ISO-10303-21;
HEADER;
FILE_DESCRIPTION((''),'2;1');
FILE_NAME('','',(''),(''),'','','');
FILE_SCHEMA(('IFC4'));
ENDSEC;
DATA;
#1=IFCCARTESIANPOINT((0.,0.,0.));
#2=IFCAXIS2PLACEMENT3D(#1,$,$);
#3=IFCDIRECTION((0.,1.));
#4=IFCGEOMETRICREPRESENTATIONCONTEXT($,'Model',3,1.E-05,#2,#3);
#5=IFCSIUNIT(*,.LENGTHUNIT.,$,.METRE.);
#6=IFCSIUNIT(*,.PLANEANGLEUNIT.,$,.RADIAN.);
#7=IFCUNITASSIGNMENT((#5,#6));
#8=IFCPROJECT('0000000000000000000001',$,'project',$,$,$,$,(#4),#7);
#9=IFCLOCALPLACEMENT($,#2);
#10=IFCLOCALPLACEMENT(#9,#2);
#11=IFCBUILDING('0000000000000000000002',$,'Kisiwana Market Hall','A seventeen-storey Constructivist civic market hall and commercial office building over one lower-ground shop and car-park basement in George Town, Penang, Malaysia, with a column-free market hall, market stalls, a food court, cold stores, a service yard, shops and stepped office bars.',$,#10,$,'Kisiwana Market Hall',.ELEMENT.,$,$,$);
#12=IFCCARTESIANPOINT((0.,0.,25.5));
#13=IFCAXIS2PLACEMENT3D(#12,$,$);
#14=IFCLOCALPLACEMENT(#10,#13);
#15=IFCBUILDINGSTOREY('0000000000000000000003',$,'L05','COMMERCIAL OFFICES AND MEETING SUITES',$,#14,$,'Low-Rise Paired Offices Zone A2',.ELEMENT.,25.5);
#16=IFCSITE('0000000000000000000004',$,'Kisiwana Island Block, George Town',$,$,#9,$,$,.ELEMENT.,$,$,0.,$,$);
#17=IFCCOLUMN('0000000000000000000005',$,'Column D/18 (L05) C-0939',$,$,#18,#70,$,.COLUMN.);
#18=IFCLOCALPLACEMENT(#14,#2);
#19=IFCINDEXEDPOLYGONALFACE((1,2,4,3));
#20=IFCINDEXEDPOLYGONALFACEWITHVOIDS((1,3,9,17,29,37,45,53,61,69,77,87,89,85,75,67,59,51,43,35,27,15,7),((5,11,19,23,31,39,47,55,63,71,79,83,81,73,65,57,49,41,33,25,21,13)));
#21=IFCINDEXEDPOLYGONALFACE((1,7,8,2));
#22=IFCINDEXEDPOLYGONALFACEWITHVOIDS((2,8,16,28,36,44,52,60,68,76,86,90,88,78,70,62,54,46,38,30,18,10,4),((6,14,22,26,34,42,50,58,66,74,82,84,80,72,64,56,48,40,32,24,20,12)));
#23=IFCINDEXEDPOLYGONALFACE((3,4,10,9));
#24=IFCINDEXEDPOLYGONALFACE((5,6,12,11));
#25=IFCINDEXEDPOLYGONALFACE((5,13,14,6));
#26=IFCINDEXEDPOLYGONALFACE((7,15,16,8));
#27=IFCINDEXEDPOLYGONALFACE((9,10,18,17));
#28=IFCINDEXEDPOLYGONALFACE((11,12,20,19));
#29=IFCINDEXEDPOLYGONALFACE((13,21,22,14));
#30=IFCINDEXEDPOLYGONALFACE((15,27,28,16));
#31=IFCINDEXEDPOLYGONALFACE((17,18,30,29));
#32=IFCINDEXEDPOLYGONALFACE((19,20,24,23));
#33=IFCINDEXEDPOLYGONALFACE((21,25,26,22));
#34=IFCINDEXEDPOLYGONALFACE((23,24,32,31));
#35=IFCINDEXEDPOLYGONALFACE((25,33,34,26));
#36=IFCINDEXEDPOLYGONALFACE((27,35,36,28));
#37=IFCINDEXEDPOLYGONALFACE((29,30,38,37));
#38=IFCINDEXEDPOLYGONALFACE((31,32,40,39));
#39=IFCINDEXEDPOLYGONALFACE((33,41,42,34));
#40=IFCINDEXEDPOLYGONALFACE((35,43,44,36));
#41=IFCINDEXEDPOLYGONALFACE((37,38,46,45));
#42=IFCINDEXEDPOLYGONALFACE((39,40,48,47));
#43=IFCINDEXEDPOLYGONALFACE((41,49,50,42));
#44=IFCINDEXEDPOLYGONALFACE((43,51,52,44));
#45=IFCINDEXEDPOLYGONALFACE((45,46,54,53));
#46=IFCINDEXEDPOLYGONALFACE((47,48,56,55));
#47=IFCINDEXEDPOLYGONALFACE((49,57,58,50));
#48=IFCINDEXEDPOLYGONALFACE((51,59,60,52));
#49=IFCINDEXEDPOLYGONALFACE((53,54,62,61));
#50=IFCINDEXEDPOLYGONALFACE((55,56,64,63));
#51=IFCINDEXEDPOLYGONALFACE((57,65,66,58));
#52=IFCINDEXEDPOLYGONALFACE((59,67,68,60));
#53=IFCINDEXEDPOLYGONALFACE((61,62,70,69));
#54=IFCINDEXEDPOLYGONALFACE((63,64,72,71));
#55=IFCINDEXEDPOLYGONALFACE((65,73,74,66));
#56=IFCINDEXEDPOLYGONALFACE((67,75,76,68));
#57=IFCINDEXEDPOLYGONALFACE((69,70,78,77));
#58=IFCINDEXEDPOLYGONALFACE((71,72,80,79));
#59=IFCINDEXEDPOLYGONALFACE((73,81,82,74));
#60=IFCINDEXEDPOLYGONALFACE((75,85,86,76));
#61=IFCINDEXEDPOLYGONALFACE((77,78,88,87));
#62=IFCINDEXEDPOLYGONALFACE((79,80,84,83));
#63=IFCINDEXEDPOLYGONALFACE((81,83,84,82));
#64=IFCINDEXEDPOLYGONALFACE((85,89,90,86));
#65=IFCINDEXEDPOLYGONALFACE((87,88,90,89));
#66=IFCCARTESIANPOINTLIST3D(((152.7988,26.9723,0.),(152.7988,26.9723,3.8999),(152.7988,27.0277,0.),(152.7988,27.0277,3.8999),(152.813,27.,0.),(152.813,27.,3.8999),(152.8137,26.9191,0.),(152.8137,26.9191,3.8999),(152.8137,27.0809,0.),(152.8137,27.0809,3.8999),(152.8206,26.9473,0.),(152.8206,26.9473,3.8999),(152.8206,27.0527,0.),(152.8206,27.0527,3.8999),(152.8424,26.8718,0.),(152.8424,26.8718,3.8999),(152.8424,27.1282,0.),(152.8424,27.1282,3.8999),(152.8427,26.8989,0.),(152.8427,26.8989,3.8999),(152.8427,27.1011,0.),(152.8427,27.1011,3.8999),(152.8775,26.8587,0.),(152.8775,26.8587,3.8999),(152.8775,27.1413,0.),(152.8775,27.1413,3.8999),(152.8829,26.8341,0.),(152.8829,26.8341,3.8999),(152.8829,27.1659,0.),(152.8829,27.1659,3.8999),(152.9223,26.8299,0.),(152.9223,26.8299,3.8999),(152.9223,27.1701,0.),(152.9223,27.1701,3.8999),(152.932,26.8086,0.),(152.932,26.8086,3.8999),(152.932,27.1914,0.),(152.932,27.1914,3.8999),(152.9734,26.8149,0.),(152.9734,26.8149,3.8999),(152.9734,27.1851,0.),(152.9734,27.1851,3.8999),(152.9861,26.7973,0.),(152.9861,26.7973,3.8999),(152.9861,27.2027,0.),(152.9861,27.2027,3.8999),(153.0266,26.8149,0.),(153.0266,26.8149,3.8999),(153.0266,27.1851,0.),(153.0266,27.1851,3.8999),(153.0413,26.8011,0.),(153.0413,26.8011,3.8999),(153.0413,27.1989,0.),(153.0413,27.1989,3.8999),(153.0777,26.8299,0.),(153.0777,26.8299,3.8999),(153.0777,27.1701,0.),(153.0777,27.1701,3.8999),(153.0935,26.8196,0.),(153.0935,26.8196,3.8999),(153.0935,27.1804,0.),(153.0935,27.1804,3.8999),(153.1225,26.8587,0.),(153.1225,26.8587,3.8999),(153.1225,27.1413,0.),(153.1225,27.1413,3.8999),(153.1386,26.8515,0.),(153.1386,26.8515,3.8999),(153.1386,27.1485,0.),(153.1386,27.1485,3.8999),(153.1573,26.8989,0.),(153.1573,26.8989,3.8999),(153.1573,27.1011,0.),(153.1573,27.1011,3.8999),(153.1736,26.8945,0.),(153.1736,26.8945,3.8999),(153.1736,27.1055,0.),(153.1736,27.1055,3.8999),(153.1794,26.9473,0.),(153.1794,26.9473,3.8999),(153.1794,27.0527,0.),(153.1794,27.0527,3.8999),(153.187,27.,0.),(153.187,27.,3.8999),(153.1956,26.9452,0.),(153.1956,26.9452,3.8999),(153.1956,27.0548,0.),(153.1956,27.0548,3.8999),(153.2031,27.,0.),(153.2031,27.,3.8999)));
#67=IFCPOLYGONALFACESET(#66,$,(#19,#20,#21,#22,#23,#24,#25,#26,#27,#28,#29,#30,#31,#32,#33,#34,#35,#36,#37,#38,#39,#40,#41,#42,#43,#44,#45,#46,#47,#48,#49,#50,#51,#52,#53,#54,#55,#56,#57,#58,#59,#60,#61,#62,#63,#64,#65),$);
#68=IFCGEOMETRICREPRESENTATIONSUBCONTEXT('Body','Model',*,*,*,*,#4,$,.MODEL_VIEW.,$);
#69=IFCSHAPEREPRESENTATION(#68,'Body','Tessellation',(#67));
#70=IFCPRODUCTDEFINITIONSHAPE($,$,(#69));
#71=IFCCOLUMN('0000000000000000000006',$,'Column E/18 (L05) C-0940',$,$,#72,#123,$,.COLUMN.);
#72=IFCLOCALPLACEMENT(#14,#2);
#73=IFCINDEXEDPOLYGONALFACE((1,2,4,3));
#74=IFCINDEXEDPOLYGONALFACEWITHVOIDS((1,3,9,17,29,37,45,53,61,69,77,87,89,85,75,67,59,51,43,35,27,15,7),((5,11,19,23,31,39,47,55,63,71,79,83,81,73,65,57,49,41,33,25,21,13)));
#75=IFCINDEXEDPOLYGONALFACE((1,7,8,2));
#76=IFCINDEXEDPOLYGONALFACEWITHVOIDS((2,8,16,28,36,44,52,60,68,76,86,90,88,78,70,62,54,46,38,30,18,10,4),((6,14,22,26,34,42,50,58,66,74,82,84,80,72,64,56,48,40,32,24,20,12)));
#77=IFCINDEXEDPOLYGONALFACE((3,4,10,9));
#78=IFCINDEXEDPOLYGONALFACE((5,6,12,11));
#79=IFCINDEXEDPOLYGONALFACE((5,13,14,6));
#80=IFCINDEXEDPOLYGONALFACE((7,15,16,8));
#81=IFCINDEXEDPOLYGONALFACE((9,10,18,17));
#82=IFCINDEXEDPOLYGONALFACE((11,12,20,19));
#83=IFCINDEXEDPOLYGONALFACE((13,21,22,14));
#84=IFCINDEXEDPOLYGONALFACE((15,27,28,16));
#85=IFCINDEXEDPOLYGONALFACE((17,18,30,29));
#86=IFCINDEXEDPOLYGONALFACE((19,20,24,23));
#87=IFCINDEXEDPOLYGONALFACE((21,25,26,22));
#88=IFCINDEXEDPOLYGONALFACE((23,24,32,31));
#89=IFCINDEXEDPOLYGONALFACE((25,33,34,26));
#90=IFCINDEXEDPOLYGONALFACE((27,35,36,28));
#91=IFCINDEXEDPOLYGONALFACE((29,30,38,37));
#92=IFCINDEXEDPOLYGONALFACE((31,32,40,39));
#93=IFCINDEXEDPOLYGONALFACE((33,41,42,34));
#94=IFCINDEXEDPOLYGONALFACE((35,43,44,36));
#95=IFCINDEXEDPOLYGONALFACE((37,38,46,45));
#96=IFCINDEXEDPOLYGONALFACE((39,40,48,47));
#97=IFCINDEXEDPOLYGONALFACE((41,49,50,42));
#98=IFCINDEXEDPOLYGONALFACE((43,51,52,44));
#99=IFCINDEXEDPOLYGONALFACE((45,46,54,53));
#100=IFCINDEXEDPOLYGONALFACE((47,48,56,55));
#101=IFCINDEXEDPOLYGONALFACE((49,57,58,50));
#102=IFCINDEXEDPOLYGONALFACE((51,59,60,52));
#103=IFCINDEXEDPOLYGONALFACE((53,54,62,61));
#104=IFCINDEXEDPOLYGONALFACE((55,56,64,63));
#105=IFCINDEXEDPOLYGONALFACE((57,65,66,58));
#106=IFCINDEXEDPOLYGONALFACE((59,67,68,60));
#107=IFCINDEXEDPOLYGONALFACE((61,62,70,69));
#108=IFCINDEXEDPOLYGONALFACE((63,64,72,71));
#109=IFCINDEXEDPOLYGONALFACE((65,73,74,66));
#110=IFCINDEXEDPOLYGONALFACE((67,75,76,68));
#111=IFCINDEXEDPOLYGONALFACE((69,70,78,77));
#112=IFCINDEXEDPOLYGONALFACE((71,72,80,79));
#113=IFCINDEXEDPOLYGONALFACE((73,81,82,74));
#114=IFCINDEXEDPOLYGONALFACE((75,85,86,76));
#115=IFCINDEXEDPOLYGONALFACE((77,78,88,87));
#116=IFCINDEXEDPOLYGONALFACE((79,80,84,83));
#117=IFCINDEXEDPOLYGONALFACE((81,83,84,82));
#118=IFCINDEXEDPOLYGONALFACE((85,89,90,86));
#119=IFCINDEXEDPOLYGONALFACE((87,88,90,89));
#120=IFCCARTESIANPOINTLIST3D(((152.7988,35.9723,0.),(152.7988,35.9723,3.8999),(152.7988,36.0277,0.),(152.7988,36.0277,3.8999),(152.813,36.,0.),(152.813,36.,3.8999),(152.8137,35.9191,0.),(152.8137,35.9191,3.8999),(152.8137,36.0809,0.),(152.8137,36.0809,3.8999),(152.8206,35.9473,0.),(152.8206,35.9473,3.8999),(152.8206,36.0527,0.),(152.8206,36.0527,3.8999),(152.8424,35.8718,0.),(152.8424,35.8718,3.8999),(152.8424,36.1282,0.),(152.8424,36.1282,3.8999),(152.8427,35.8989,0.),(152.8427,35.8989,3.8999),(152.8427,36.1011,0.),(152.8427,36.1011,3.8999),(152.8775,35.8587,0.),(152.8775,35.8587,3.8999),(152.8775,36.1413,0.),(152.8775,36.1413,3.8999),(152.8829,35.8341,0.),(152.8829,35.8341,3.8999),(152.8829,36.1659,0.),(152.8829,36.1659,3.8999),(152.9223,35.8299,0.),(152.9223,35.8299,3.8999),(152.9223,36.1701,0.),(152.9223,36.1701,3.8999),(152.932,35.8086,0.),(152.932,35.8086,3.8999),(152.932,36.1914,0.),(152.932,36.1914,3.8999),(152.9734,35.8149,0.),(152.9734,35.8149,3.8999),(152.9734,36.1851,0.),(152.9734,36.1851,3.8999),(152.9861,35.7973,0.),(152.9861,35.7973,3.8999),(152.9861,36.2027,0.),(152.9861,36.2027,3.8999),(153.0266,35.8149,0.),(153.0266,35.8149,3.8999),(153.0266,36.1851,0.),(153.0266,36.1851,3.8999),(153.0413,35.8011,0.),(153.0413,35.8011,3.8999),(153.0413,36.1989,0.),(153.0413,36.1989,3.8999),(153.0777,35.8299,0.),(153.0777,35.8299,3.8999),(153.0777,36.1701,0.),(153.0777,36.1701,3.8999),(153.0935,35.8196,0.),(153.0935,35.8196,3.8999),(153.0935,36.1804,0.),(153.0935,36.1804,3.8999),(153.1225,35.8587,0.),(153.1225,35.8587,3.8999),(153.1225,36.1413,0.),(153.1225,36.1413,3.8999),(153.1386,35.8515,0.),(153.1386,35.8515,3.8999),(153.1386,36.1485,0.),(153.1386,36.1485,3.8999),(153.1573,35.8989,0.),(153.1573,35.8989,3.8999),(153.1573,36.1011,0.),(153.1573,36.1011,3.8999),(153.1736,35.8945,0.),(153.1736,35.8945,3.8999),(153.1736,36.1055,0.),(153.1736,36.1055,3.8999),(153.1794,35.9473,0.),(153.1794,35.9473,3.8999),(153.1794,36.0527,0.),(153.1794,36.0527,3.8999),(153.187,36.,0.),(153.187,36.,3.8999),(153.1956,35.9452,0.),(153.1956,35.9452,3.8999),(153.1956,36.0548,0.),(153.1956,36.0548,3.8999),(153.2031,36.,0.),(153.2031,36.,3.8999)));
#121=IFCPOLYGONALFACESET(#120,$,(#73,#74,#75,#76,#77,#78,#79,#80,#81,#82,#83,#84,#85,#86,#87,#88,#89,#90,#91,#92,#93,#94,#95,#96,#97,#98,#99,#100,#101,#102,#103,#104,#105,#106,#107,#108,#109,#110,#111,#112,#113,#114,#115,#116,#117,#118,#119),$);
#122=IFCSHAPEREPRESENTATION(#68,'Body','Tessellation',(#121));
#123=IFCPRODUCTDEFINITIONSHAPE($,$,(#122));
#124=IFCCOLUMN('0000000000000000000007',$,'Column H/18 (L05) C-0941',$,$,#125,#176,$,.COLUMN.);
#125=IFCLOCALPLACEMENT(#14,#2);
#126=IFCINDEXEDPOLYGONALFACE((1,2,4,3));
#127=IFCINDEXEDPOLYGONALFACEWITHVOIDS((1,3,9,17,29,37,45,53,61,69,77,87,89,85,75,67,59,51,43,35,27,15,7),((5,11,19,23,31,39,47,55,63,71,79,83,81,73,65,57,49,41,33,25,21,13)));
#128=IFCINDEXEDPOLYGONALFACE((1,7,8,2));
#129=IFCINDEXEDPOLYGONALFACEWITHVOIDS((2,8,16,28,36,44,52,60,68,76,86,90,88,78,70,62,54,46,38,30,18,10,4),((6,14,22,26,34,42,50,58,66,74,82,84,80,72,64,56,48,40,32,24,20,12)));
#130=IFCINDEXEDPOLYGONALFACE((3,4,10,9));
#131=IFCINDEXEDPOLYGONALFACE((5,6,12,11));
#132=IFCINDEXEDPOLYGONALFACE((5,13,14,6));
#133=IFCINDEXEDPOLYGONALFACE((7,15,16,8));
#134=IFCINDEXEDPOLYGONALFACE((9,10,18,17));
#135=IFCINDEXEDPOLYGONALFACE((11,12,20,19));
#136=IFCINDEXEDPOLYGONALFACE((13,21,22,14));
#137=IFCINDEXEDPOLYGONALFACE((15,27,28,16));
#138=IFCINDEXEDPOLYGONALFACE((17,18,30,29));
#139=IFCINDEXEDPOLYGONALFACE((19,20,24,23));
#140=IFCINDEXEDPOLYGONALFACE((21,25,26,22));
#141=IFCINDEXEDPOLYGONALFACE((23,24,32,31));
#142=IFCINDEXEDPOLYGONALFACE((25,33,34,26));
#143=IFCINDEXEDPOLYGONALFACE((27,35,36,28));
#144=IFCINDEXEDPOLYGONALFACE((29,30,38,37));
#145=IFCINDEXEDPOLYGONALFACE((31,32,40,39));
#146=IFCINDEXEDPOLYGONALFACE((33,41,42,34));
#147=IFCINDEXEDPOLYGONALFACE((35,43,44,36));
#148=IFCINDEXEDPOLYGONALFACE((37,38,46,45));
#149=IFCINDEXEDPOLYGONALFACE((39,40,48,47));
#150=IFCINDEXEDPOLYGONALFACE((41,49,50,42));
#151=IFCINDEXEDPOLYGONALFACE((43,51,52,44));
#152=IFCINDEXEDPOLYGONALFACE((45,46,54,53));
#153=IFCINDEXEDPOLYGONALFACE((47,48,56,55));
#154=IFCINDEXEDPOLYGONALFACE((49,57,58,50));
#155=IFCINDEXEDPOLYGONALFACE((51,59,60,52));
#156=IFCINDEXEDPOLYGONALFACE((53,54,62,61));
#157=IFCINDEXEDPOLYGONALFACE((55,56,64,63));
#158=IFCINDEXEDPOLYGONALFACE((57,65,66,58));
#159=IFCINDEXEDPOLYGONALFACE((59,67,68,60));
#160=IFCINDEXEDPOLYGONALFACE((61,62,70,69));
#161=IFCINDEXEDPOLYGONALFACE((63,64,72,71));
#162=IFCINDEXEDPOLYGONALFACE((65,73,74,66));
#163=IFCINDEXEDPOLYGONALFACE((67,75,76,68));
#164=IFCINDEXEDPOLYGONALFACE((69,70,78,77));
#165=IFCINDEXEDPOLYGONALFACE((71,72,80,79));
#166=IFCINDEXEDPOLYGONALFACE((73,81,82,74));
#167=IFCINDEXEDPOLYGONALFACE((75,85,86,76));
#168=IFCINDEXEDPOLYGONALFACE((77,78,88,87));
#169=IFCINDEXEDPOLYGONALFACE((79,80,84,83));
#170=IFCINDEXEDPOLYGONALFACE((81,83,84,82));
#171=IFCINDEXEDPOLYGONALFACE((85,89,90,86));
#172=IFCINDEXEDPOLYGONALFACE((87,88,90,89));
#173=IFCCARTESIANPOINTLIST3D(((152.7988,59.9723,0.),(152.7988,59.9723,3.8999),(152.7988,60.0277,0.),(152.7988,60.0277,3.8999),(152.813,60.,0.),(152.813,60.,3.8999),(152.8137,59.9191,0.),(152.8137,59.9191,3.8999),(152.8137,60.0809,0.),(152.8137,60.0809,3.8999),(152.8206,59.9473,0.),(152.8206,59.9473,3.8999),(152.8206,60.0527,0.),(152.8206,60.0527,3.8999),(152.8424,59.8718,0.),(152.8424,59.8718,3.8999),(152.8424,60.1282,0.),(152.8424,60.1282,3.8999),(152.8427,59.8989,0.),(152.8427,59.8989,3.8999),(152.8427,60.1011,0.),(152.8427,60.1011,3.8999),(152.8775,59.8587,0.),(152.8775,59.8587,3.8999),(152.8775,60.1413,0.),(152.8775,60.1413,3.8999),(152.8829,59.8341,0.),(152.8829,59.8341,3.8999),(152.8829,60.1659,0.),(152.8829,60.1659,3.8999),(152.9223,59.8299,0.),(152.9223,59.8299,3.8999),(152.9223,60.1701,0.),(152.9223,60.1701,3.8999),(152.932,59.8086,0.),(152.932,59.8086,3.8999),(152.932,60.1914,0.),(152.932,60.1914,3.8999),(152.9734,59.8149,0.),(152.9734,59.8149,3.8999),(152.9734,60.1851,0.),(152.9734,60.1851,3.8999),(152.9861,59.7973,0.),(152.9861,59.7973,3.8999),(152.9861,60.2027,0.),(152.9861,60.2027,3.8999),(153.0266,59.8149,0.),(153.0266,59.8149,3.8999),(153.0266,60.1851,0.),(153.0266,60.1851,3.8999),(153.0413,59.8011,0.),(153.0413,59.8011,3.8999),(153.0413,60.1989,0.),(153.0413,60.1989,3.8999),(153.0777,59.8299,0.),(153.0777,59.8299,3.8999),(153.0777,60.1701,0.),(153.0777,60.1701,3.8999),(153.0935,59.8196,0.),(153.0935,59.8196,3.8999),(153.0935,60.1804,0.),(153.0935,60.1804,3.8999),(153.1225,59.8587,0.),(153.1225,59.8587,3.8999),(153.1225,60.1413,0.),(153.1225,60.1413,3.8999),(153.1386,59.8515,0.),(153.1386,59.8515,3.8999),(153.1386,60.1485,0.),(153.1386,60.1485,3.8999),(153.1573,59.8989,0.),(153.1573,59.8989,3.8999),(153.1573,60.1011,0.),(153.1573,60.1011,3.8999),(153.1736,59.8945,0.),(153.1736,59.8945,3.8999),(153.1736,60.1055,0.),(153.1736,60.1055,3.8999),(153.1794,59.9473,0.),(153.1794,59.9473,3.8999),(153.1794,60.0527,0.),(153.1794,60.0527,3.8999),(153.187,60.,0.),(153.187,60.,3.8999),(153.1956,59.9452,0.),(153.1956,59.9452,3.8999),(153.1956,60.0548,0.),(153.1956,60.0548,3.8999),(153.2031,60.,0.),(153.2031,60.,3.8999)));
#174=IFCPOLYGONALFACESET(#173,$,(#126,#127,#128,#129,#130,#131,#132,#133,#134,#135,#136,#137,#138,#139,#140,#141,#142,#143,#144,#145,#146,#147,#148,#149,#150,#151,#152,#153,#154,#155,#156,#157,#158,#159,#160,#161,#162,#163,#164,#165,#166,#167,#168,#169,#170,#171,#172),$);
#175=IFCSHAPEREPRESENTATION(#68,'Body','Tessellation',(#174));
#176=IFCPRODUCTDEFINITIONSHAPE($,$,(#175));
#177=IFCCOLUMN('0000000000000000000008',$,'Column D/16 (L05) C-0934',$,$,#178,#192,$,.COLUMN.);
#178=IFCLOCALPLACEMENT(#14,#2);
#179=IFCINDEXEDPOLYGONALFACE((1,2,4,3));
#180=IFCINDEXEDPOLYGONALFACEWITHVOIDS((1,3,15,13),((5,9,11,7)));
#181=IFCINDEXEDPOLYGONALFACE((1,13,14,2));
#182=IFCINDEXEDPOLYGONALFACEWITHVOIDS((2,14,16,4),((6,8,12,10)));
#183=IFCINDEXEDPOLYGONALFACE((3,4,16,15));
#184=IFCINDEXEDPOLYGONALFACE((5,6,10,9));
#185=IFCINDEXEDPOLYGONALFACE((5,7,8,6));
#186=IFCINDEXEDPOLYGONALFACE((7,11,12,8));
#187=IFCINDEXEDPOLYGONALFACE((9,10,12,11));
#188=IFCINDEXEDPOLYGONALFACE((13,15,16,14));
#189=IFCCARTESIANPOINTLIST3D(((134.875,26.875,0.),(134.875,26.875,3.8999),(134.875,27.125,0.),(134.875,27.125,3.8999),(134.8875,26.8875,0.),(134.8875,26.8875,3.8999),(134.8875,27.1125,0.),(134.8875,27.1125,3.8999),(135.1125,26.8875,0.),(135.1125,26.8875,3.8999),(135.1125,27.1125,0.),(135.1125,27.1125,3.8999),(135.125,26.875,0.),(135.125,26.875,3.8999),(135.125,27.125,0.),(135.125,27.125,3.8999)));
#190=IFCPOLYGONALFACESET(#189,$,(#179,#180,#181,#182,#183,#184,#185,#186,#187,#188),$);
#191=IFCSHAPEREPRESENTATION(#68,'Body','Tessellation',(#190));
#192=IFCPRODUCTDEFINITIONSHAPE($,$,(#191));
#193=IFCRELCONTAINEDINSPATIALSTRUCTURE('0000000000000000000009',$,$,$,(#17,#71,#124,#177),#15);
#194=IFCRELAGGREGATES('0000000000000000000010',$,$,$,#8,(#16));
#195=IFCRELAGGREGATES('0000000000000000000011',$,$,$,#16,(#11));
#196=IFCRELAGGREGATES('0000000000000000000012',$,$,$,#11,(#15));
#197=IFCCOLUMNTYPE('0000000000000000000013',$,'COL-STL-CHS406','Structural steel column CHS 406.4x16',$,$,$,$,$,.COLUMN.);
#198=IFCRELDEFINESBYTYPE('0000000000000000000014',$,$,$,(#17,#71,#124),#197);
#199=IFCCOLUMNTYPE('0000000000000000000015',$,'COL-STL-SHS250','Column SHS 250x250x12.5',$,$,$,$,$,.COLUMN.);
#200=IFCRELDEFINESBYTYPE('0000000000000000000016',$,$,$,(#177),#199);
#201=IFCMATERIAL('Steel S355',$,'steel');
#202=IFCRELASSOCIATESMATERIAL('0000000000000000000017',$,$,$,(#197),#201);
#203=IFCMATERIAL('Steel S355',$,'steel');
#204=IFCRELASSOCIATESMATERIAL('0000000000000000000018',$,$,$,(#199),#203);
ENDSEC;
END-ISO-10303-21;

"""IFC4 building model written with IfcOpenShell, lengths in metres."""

from ifc_helpers import new_model, si_unit, direction, frame, origin, origin_2d, place, context, subcontext, project, spatial, hollow_rectangle, hollow_circle, extrude, material, material_profile, profile_set, type_object, element, save


model = new_model("IFC4")

# Units and contexts
model_context = context("Model", 3, precision=1e-05, world=origin(), true_north=direction((0.0, 1.0)))
body_context = subcontext(model_context, "Body", "Model", "MODEL_VIEW")
ifc_project = project(units=[si_unit("LENGTHUNIT", "METRE"), si_unit("PLANEANGLEUNIT", "RADIAN")], contexts=[model_context])

# Site, building, storey
site_placement = place(None, origin())
site = spatial("IfcSite", under=ifc_project, at=site_placement, Name="Kisiwana Island Block, George Town", CompositionType="ELEMENT", RefElevation=0.0)
building_placement = place(site_placement, origin())
building = spatial("IfcBuilding", under=site, at=building_placement, Name="Kisiwana Market Hall", Description="A seventeen-storey Constructivist civic market hall and commercial office building over one lower-ground shop and car-park basement in George Town, Penang, Malaysia, with a column-free market hall, market stalls, a food court, cold stores, a service yard, shops and stepped office bars.", LongName="Kisiwana Market Hall", CompositionType="ELEMENT")
storey_placement = place(building_placement, frame((0.0, 0.0, 25.5)))
storey = spatial("IfcBuildingStorey", under=building, at=storey_placement, Name="L05", Description="COMMERCIAL OFFICES AND MEETING SUITES", LongName="Low-Rise Paired Offices Zone A2", CompositionType="ELEMENT", Elevation=25.5)

# Columns
ifc_material_1 = material(Name="Steel S355", Category="steel")
ifc_material_profile_1 = material_profile(ifc_material_1, hollow_circle(Radius=0.2031, WallThickness=0.0161, at=origin_2d()), Name="CHS 406.4x16")
ifc_profile_set_1 = profile_set([ifc_material_profile_1], Name="Steel S355")
column_type_1 = type_object("IfcColumnType", Name="COL-STL-CHS406", Description="Structural steel column CHS 406.4x16", PredefinedType="COLUMN", material=ifc_profile_set_1)
for number, where, z_axis, x_axis, name in (
    (1, (153.0, 27.0, 0.0), (0.0, 0.0, 1.0), (1.0, 0.0, 0.0), "Column D/18 (L05) C-0939"),
    (2, (153.0, 36.0, 0.0), (0.0, 0.0, 1.0), (1.0, 0.0, 0.0), "Column E/18 (L05) C-0940"),
    (3, (153.0, 60.0, 0.0), (0.0, 0.0, 1.0), (1.0, 0.0, 0.0), "Column H/18 (L05) C-0941"),
):
    element("IfcColumn", number, at=place(storey_placement, frame(where, z_axis=z_axis, x_axis=x_axis)), inside=storey, type_object=column_type_1, Name=name, PredefinedType="COLUMN", context=body_context, shape_type="SweptSolid", body=[
        extrude(hollow_circle(Radius=0.2031, WallThickness=0.0161, at=origin_2d()), origin(), (0.0, 0.0, 1.0), 3.8999),
    ])
ifc_material_2 = material(Name="Steel S355", Category="steel")
ifc_material_profile_2 = material_profile(ifc_material_2, hollow_rectangle(XDim=0.25, YDim=0.25, WallThickness=0.0125, at=origin_2d()), Name="SHS 250x250x12.5")
ifc_profile_set_2 = profile_set([ifc_material_profile_2], Name="Steel S355")
column_type_2 = type_object("IfcColumnType", Name="COL-STL-SHS250", Description="Column SHS 250x250x12.5", PredefinedType="COLUMN", material=ifc_profile_set_2)
column_placement = place(storey_placement, frame((135.0, 27.0, 0.0), z_axis=(0.0, 0.0, 1.0), x_axis=(1.0, 0.0, 0.0)))
element("IfcColumn", 4, at=column_placement, inside=storey, type_object=column_type_2, Name="Column D/16 (L05) C-0934", PredefinedType="COLUMN", context=body_context, shape_type="SweptSolid", body=[
    extrude(hollow_rectangle(XDim=0.25, YDim=0.25, WallThickness=0.0125, at=origin_2d()), origin(), (0.0, 0.0, 1.0), 3.8999),
])

save(model, "model.ifc")
